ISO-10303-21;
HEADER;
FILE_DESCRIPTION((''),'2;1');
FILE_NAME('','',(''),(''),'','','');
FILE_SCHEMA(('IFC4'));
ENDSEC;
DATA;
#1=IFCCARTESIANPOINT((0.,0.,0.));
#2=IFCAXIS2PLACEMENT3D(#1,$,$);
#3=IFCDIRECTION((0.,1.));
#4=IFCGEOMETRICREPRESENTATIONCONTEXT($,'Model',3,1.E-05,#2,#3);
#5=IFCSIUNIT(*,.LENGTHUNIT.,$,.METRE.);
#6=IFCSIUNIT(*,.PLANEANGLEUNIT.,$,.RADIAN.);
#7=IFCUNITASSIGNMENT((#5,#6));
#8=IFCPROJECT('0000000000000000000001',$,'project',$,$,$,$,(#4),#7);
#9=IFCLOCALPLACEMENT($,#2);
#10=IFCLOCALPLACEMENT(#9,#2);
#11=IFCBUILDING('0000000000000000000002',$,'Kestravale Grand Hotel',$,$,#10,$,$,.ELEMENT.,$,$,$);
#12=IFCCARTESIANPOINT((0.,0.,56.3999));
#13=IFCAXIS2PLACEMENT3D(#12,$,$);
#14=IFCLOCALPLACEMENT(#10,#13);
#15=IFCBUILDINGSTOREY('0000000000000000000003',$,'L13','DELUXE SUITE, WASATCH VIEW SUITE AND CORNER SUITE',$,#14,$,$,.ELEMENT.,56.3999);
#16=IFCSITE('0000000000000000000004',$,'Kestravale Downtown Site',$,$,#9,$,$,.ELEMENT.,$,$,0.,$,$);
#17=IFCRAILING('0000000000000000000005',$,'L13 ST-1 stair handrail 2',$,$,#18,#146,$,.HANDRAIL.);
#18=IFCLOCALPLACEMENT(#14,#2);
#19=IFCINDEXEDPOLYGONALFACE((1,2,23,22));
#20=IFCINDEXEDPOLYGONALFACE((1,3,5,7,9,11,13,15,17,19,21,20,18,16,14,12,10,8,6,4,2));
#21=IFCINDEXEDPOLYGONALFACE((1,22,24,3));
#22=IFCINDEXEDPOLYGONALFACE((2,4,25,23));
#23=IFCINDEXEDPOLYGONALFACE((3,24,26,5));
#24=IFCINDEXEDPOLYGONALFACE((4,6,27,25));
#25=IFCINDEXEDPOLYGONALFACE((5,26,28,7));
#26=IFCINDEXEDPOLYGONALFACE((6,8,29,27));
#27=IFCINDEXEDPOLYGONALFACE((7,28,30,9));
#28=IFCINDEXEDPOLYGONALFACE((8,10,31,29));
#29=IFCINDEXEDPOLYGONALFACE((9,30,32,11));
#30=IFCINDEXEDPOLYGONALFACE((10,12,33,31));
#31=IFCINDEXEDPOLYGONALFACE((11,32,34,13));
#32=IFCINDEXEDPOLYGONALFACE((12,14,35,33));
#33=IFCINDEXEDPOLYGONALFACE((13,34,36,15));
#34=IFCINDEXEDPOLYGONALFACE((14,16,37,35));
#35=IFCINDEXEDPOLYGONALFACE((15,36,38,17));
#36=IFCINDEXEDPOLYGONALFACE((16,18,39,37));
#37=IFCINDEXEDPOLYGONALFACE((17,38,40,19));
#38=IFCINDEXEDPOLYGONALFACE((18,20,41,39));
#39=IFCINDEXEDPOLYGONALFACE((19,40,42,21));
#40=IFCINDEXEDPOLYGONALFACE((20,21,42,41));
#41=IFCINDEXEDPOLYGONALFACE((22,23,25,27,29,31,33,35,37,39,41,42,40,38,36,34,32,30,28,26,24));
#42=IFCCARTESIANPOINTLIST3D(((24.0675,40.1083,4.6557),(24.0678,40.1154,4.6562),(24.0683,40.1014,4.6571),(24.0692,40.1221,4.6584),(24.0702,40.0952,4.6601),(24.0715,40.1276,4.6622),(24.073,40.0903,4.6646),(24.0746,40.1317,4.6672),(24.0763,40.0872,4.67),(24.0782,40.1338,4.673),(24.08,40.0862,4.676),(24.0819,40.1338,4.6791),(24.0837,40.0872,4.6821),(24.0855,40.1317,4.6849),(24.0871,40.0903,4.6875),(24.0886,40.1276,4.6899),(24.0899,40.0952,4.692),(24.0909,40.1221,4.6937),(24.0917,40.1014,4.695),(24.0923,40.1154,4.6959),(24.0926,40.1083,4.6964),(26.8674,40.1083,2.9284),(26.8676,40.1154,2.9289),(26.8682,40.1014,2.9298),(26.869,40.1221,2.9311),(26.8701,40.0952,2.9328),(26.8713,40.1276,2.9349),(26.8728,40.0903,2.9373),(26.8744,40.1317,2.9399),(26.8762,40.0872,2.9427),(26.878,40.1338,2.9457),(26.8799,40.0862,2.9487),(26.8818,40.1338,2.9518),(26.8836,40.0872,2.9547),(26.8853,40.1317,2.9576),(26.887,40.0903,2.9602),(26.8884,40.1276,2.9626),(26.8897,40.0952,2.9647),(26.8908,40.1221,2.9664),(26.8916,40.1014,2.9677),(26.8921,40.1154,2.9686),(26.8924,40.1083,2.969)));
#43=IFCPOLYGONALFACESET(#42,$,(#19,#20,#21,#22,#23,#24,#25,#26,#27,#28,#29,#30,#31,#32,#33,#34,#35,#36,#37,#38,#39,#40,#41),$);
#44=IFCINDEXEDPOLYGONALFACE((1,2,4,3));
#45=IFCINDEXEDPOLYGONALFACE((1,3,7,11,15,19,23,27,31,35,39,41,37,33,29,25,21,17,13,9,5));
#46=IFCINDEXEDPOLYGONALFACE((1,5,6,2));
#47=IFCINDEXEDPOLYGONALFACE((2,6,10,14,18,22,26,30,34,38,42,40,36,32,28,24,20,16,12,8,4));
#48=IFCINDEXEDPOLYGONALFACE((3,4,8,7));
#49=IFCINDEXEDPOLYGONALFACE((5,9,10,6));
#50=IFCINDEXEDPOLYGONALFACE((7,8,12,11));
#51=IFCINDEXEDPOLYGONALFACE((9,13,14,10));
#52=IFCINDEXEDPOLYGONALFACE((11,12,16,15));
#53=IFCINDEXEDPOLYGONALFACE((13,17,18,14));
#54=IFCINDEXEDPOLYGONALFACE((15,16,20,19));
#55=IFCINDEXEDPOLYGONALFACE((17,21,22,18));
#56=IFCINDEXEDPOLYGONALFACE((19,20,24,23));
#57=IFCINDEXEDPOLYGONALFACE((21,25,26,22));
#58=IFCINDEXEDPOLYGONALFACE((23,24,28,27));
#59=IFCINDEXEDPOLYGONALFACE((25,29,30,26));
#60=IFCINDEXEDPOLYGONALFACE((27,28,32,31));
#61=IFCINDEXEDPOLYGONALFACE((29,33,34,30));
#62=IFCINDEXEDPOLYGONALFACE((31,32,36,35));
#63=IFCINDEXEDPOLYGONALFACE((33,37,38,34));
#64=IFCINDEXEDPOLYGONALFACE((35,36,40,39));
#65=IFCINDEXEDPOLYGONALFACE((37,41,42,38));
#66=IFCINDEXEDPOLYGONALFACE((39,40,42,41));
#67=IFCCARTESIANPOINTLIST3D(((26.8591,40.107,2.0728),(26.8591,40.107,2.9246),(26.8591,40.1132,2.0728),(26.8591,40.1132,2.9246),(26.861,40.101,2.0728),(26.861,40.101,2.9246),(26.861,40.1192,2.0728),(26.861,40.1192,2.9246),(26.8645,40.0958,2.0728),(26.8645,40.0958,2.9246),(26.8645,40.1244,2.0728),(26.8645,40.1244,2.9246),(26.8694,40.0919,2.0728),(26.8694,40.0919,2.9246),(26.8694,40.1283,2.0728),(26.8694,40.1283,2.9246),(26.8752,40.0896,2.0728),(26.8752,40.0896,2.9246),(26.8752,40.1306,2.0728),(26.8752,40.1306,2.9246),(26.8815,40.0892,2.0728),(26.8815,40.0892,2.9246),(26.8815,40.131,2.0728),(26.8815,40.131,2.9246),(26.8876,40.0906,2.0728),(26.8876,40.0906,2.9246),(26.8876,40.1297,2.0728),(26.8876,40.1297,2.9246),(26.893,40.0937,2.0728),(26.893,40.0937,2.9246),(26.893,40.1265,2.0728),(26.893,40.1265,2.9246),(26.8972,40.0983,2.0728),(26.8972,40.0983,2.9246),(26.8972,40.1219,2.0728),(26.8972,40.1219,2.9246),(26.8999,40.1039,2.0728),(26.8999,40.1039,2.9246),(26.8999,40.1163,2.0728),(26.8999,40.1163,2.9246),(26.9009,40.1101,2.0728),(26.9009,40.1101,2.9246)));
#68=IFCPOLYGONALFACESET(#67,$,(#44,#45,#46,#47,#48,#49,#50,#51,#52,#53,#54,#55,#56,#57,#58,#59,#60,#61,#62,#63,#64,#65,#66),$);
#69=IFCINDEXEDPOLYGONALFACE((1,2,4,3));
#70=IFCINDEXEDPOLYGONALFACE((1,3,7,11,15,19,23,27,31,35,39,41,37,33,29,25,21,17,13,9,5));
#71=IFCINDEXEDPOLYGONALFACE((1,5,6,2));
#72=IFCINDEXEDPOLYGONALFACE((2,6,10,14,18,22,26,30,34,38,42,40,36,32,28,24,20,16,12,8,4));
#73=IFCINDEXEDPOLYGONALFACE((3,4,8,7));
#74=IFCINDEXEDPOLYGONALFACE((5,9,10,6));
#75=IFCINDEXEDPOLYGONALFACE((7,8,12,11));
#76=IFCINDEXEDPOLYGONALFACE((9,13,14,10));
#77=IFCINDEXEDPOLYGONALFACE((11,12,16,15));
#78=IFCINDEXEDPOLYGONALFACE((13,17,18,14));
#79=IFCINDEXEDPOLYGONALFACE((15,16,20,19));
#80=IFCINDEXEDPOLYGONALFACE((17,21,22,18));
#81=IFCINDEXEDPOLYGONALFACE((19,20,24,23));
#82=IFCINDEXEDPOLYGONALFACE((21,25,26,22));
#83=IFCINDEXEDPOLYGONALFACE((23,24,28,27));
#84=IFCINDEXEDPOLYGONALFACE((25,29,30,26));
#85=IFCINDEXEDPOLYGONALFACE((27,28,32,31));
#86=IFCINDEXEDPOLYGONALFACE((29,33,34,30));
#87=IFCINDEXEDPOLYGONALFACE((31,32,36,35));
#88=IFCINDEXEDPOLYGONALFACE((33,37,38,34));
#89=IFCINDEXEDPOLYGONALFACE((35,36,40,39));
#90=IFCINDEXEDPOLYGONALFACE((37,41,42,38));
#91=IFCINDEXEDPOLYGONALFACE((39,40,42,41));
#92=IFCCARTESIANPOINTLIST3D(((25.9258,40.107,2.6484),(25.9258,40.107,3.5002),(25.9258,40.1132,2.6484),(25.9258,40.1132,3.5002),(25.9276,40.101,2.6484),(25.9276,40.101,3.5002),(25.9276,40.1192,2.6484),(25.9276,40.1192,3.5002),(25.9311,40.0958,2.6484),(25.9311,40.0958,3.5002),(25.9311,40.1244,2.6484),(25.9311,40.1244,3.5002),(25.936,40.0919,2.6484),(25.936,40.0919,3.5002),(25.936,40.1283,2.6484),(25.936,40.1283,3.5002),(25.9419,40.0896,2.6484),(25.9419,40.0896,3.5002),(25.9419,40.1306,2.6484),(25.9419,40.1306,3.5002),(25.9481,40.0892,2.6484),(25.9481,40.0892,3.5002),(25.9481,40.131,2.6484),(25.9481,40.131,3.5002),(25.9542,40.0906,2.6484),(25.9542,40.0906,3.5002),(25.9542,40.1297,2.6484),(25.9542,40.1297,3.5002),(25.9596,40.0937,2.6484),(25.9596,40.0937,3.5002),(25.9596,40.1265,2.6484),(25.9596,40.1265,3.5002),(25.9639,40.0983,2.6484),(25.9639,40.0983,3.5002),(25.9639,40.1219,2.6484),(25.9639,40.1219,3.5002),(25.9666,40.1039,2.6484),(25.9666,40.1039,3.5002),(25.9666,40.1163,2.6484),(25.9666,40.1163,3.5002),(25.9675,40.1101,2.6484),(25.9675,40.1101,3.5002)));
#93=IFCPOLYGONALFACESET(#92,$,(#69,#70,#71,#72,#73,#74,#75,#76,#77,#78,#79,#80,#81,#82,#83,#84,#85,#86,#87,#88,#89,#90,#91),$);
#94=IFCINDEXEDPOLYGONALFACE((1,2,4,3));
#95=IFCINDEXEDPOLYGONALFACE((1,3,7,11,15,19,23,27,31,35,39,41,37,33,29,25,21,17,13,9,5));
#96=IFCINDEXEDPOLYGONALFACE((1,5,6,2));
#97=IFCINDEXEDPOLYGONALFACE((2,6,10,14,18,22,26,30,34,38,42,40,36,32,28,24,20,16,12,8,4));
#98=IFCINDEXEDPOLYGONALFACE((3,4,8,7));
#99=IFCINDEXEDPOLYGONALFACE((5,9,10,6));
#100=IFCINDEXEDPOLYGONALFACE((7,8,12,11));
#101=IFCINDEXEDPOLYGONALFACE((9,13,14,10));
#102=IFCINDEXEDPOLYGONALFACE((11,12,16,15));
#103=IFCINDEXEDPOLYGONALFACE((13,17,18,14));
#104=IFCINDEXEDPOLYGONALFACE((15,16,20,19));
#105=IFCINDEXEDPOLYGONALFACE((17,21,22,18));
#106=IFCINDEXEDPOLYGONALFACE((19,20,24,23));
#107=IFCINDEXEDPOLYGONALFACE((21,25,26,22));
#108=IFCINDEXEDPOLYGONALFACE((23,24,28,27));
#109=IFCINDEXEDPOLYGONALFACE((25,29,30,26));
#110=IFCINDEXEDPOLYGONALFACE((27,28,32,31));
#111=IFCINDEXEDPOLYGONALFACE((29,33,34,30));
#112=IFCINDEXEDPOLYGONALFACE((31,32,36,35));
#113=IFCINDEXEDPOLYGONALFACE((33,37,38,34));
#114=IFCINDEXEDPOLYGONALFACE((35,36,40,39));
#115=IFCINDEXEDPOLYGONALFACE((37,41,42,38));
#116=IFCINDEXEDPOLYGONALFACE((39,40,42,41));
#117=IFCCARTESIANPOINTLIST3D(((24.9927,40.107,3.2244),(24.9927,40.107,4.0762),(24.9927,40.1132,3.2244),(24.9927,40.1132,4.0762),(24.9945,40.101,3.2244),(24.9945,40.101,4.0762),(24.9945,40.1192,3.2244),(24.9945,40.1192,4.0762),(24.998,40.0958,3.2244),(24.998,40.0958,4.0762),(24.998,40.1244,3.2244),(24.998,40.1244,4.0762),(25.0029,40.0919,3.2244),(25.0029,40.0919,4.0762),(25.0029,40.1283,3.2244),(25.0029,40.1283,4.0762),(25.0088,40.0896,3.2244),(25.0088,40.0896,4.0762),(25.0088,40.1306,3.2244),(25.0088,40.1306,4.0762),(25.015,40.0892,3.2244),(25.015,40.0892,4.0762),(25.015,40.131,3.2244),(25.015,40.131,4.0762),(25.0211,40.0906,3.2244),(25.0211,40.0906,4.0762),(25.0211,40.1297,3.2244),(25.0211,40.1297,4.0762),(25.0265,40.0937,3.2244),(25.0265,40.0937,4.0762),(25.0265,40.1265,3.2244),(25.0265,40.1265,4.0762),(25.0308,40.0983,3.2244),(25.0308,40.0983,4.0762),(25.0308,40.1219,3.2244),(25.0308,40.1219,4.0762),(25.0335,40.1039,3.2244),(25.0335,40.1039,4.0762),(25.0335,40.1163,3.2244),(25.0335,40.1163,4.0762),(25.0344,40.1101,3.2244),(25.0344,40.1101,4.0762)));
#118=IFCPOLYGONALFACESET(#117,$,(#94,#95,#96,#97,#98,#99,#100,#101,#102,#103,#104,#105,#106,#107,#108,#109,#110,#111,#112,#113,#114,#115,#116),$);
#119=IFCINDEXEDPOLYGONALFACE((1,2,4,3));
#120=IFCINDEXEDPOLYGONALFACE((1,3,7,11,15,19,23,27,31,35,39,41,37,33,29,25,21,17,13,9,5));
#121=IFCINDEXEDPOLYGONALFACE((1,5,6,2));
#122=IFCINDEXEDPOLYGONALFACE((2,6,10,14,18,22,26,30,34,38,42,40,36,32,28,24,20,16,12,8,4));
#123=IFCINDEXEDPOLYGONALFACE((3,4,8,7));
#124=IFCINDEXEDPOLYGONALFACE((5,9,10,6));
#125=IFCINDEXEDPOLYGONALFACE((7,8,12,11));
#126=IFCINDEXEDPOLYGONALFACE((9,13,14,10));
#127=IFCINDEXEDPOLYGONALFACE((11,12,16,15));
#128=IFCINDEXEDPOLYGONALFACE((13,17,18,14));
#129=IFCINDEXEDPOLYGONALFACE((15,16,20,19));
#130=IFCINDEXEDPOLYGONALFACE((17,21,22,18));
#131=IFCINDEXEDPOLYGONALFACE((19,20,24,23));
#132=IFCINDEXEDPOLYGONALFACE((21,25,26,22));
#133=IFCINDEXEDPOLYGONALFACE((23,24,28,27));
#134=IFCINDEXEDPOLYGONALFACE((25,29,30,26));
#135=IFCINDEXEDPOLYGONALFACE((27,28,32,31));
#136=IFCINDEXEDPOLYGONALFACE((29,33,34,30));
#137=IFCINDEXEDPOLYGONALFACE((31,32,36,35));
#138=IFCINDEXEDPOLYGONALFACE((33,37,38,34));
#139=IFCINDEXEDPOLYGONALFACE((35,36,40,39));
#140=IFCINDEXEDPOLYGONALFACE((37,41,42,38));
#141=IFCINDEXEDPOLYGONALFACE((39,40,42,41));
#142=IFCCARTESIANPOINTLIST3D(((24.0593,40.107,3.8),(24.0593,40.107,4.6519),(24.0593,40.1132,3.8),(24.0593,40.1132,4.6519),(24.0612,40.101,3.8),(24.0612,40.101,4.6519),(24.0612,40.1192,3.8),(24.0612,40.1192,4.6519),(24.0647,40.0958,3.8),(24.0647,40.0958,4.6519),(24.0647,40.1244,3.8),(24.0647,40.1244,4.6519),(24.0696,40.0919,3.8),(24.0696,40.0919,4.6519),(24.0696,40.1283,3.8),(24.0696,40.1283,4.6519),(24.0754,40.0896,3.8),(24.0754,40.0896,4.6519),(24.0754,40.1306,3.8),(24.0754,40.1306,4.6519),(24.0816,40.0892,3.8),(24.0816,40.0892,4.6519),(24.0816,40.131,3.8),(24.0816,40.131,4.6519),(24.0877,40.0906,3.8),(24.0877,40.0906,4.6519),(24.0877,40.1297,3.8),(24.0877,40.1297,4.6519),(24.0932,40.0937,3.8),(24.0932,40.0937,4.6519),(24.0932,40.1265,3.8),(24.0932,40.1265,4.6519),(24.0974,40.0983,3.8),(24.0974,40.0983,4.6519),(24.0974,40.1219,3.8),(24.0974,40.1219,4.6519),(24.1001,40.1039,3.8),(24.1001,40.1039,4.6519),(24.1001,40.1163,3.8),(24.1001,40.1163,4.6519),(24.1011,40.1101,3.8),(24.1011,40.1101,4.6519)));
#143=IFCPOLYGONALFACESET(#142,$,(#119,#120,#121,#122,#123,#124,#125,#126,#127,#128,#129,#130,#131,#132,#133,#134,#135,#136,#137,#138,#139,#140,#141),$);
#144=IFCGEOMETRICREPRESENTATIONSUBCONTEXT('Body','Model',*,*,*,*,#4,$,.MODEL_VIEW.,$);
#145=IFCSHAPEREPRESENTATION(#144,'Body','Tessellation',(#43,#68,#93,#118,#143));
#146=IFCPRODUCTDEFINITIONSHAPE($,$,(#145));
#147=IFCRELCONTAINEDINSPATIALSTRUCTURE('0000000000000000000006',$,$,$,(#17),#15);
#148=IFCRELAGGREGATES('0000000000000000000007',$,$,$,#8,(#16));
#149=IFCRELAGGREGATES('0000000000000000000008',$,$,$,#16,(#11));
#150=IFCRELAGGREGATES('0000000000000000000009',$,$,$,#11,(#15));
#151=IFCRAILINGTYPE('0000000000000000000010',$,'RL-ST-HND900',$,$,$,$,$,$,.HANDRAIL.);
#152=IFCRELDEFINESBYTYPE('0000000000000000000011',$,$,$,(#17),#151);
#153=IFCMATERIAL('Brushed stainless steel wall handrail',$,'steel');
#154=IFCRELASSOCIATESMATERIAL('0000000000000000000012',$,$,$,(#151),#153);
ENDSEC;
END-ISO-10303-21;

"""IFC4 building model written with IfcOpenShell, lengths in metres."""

from ifc_helpers import new_model, si_unit, direction, frame, origin, origin_2d, place, context, subcontext, project, spatial, circle, extrude, material, type_object, element, save


model = new_model("IFC4")

# Units and contexts
model_context = context("Model", 3, precision=1e-05, world=origin(), true_north=direction((0.0, 1.0)))
body_context = subcontext(model_context, "Body", "Model", "MODEL_VIEW")
ifc_project = project(units=[si_unit("LENGTHUNIT", "METRE"), si_unit("PLANEANGLEUNIT", "RADIAN")], contexts=[model_context])

# Site, building, storey
site_placement = place(None, origin())
site = spatial("IfcSite", under=ifc_project, at=site_placement, Name="Kestravale Downtown Site", CompositionType="ELEMENT", RefElevation=0.0)
building_placement = place(site_placement, origin())
building = spatial("IfcBuilding", under=site, at=building_placement, Name="Kestravale Grand Hotel", CompositionType="ELEMENT")
storey_placement = place(building_placement, frame((0.0, 0.0, 56.3999)))
storey = spatial("IfcBuildingStorey", under=building, at=storey_placement, Name="L13", Description="DELUXE SUITE, WASATCH VIEW SUITE AND CORNER SUITE", CompositionType="ELEMENT", Elevation=56.3999)

# Railing
ifc_material_1 = material(Name="Brushed stainless steel wall handrail", Category="steel")
railing_type_1 = type_object("IfcRailingType", Name="RL-ST-HND900", PredefinedType="HANDRAIL", material=ifc_material_1)
railing_1_placement = place(storey_placement, frame((26.8799, 40.1101, 2.0728)))
element("IfcRailing", 1, at=railing_1_placement, inside=storey, type_object=railing_type_1, Name="L13 ST-1 stair handrail 2", PredefinedType="HANDRAIL", context=body_context, shape_type="SweptSolid", body=[
    extrude(circle(Radius=0.0239, at=origin_2d()), frame((0.0, 0.0, 0.876), z_axis=(-0.851069, 0.0, 0.525054), x_axis=(0.0, -1.0, 0.0)), (0.0, 0.0, 1.0), 3.2898),
    extrude(circle(Radius=0.021, at=origin_2d()), origin(), (0.0, 0.0, 1.0), 0.8518),
    extrude(circle(Radius=0.021, at=origin_2d()), frame((-0.9333, 0.0, 0.5757)), (0.0, 0.0, 1.0), 0.8518),
    extrude(circle(Radius=0.021, at=origin_2d()), frame((-1.8665, 0.0, 1.1516)), (0.0, 0.0, 1.0), 0.8518),
    extrude(circle(Radius=0.021, at=origin_2d()), frame((-2.7998, 0.0, 1.7273)), (0.0, 0.0, 1.0), 0.8518),
])

save(model, "model.ifc")
